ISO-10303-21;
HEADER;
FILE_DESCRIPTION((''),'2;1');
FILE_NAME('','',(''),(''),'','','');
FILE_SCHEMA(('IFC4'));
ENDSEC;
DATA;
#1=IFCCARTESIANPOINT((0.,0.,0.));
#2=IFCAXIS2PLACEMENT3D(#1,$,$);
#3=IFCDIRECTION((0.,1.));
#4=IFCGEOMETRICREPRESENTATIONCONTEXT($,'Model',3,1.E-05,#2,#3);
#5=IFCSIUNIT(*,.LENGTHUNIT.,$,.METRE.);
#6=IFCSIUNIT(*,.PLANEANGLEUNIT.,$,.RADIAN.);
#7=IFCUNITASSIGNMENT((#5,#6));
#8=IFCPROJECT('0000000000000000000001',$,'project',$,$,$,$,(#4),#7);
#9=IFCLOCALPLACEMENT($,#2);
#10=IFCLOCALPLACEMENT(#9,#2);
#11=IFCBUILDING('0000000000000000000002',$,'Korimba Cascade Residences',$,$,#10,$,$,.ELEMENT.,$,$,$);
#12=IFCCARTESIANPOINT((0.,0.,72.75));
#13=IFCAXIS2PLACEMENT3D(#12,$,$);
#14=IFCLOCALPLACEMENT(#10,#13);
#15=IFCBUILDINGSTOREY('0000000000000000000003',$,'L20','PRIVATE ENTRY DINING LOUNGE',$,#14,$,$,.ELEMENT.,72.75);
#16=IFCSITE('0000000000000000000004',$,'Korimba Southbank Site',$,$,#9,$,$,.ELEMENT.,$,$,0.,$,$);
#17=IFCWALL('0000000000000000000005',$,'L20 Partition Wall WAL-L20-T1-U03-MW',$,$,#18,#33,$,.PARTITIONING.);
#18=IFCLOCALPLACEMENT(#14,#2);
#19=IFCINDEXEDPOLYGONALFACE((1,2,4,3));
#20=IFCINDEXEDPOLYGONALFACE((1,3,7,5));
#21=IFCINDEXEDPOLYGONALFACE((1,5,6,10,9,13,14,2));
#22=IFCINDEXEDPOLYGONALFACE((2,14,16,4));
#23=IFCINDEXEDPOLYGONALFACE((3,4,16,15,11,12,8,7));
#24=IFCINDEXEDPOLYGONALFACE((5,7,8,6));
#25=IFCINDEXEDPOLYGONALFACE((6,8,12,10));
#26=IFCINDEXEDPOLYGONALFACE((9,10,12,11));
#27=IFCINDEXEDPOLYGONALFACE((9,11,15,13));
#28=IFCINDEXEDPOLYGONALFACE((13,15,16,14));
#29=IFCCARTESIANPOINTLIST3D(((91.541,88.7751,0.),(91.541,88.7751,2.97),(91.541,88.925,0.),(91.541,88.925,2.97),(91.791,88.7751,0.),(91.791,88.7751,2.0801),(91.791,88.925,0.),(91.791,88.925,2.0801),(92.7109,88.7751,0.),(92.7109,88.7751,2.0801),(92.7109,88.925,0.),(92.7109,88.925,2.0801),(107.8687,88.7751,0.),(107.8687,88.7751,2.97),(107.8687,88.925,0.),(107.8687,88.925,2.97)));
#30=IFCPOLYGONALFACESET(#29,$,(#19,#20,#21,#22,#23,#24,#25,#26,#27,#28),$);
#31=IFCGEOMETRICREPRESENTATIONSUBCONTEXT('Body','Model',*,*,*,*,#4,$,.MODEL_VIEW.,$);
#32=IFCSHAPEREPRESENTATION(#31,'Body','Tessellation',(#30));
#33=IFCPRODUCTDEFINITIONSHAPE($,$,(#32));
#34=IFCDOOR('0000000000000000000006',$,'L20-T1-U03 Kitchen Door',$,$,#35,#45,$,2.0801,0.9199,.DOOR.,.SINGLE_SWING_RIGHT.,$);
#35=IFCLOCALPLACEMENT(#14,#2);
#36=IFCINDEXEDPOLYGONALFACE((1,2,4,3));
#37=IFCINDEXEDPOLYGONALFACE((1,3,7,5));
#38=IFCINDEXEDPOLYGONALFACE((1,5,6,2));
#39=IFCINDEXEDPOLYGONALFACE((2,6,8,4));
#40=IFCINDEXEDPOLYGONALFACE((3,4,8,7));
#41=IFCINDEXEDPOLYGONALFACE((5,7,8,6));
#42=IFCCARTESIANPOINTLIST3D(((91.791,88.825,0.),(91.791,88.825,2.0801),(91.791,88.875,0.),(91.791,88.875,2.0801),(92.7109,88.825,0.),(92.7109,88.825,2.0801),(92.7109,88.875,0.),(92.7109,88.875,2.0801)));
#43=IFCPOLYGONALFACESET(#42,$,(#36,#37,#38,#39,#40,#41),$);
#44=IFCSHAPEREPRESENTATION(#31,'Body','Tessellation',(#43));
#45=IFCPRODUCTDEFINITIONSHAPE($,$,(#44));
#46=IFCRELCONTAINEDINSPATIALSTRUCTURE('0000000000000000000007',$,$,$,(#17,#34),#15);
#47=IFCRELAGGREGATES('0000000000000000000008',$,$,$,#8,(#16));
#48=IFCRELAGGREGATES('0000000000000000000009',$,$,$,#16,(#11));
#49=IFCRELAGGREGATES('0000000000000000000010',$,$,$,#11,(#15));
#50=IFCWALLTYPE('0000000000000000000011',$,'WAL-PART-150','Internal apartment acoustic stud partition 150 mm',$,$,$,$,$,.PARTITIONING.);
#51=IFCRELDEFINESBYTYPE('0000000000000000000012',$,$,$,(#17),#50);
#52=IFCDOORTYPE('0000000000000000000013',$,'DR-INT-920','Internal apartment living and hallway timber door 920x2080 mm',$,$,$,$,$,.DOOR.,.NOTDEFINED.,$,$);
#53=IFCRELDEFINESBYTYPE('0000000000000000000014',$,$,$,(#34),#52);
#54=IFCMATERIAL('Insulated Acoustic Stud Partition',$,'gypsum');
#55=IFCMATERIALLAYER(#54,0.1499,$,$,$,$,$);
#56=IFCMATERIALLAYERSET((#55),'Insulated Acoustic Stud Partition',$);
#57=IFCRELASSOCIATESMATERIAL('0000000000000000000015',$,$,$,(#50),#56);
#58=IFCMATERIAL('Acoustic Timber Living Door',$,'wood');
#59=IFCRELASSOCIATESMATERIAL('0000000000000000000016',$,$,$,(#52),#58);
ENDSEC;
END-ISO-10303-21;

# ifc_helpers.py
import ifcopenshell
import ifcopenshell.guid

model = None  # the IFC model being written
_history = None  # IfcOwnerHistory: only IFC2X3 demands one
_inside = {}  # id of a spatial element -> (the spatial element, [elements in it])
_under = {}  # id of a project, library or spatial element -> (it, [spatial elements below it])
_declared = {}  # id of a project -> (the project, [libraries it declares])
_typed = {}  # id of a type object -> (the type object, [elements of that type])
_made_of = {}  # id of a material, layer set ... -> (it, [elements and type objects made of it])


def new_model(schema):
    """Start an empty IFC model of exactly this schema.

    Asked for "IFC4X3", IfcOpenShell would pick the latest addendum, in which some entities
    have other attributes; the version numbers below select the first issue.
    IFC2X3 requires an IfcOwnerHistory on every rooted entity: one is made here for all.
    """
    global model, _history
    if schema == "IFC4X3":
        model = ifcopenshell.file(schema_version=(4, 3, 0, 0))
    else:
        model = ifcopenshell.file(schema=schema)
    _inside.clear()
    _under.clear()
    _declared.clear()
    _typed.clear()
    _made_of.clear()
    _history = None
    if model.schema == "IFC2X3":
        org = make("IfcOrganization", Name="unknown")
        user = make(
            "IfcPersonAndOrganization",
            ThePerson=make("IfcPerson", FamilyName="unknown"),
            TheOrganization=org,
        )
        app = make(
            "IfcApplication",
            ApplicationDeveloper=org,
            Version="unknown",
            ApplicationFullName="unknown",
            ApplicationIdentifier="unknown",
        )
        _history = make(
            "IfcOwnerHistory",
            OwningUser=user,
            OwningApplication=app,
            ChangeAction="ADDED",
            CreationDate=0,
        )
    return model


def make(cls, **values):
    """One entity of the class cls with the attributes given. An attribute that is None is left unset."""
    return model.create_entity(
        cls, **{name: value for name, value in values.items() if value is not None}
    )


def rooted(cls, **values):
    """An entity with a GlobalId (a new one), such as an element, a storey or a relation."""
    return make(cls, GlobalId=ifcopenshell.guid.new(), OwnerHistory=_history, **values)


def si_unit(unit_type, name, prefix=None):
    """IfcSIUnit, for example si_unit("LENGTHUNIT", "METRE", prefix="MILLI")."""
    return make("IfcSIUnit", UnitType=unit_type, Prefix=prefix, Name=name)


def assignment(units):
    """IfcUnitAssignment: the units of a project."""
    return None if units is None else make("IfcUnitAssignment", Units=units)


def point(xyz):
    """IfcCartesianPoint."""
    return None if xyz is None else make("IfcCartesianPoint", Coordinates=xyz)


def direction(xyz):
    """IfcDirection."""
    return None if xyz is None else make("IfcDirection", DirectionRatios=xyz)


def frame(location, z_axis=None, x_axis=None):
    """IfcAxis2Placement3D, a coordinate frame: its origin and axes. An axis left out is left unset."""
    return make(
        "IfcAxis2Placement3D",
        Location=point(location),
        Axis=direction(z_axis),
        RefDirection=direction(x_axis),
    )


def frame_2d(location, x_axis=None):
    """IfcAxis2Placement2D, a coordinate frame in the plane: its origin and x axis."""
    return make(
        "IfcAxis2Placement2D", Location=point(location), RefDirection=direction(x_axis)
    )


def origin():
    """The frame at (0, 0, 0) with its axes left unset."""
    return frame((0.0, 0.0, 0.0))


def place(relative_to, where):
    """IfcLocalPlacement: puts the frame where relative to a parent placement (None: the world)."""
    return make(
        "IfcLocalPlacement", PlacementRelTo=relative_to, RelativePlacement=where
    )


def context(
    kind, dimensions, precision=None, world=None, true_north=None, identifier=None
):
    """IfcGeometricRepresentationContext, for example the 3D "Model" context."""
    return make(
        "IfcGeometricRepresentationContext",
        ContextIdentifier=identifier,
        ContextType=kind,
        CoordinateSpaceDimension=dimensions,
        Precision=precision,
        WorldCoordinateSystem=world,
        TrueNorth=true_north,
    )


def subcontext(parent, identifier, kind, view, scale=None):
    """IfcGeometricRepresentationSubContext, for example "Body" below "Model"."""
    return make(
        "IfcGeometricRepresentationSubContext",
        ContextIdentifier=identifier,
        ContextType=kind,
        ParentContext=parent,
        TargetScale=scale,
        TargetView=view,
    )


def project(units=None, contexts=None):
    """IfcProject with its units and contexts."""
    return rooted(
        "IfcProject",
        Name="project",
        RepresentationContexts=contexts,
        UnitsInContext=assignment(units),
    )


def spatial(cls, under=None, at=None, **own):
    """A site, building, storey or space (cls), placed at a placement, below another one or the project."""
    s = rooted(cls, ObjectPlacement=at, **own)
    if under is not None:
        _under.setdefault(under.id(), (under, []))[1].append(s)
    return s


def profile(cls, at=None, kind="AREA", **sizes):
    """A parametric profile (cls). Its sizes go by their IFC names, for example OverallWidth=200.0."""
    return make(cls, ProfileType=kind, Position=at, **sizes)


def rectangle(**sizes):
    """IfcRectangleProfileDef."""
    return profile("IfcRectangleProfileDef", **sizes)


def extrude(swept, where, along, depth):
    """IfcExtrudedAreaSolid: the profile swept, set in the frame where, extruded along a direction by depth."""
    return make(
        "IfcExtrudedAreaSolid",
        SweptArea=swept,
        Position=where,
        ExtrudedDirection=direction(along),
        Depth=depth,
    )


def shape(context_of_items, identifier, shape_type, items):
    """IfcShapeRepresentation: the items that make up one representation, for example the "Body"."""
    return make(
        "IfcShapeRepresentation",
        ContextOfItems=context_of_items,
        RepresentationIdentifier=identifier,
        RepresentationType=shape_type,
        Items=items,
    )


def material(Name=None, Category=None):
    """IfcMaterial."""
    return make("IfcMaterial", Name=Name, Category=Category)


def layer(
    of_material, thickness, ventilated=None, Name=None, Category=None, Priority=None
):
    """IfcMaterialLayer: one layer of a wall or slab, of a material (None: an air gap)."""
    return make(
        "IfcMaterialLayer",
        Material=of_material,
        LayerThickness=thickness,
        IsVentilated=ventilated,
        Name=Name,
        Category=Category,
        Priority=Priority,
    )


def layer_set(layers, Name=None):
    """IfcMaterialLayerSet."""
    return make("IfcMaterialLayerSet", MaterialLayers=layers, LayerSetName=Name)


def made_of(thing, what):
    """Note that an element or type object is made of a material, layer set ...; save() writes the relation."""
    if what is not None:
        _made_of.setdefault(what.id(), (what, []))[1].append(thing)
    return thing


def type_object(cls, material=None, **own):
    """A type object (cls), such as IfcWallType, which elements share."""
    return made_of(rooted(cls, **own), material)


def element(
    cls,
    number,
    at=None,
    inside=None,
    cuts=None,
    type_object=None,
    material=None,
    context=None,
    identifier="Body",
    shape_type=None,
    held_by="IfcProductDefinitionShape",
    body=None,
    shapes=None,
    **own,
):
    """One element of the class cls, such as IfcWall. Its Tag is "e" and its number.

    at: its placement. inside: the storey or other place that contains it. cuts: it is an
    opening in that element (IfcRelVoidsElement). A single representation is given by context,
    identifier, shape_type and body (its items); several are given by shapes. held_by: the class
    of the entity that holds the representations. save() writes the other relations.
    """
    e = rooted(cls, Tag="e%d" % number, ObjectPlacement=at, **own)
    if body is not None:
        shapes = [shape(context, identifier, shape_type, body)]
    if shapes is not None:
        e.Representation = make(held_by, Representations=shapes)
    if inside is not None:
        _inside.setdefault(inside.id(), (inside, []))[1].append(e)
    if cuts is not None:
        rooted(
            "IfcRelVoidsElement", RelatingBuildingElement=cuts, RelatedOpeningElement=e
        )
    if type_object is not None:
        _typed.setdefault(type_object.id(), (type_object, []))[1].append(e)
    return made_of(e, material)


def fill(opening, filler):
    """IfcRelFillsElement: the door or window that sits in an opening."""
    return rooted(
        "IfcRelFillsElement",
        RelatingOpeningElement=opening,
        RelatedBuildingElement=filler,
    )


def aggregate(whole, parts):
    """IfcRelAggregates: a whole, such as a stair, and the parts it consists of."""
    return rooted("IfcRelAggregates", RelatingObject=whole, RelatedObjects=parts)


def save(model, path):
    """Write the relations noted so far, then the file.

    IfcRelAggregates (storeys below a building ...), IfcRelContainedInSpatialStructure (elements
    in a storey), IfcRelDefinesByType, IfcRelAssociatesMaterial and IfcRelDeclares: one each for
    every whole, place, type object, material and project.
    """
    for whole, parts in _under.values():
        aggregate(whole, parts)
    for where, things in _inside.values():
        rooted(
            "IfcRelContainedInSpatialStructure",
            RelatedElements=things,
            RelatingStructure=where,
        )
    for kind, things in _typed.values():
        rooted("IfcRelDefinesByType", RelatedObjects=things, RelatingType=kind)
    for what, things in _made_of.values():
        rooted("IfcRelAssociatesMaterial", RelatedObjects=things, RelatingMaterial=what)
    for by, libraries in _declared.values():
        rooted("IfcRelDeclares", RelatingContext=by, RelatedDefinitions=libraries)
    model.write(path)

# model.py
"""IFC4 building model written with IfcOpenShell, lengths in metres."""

from ifc_helpers import new_model, si_unit, direction, frame, frame_2d, origin, place, context, subcontext, project, spatial, rectangle, extrude, material, layer, layer_set, type_object, element, fill, save


model = new_model("IFC4")

# Units and contexts
model_context = context("Model", 3, precision=1e-05, world=origin(), true_north=direction((0.0, 1.0)))
body_context = subcontext(model_context, "Body", "Model", "MODEL_VIEW")
ifc_project = project(units=[si_unit("LENGTHUNIT", "METRE"), si_unit("PLANEANGLEUNIT", "RADIAN")], contexts=[model_context])

# Site, building, storey
site_placement = place(None, origin())
site = spatial("IfcSite", under=ifc_project, at=site_placement, Name="Korimba Southbank Site", CompositionType="ELEMENT", RefElevation=0.0)
building_placement = place(site_placement, origin())
building = spatial("IfcBuilding", under=site, at=building_placement, Name="Korimba Cascade Residences", CompositionType="ELEMENT")
storey_placement = place(building_placement, frame((0.0, 0.0, 72.75)))
storey = spatial("IfcBuildingStorey", under=building, at=storey_placement, Name="L20", Description="PRIVATE ENTRY DINING LOUNGE", CompositionType="ELEMENT", Elevation=72.75)

# Shared definitions
ifc_material_1 = material(Name="Insulated Acoustic Stud Partition", Category="gypsum")
ifc_layer_1 = layer(ifc_material_1, 0.1499)
ifc_layer_set_1 = layer_set([ifc_layer_1], Name="Insulated Acoustic Stud Partition")
wall_type_1 = type_object("IfcWallType", Name="WAL-PART-150", Description="Internal apartment acoustic stud partition 150 mm", PredefinedType="PARTITIONING", material=ifc_layer_set_1)

# Wall, opening, door
wall_1_placement = place(storey_placement, frame((91.541, 88.8501, 0.0), z_axis=(0.0, 0.0, 1.0), x_axis=(1.0, 0.0, 0.0)))
wall_1 = element("IfcWall", 1, at=wall_1_placement, inside=storey, type_object=wall_type_1, Name="L20 Partition Wall WAL-L20-T1-U03-MW", PredefinedType="PARTITIONING", context=body_context, shape_type="SweptSolid", body=[
    extrude(rectangle(XDim=16.3276, YDim=0.1499, at=frame_2d((8.1638, 0.0))), origin(), (0.0, 0.0, 1.0), 2.97),
])
opening_1_placement = place(wall_1_placement, frame((0.25, 0.0, 0.0)))
opening_1 = element("IfcOpeningElement", 2, at=opening_1_placement, cuts=wall_1, PredefinedType="OPENING", context=body_context, shape_type="SweptSolid", body=[
    extrude(rectangle(XDim=0.9199, YDim=2.0801, at=frame_2d((0.46, 1.04))), frame((0.0, 0.085, 0.0), z_axis=(0.0, -1.0, 0.0), x_axis=(1.0, 0.0, 0.0)), (0.0, 0.0, 1.0), 0.1699),
])
ifc_material_2 = material(Name="Acoustic Timber Living Door", Category="wood")
door_type_1 = type_object("IfcDoorType", Name="DR-INT-920", Description="Internal apartment living and hallway timber door 920x2080 mm", OperationType="NOTDEFINED", PredefinedType="DOOR", material=ifc_material_2)
door_1_placement = place(opening_1_placement, origin())
door_1 = element("IfcDoor", 3, at=door_1_placement, inside=storey, type_object=door_type_1, Name="L20-T1-U03 Kitchen Door", OperationType="SINGLE_SWING_RIGHT", OverallHeight=2.0801, OverallWidth=0.9199, PredefinedType="DOOR", context=body_context, shape_type="SweptSolid", body=[
    extrude(rectangle(XDim=0.9199, YDim=2.0801, at=frame_2d((0.46, 1.04))), frame((0.0, 0.0249, 0.0), z_axis=(0.0, -1.0, 0.0), x_axis=(1.0, 0.0, 0.0)), (0.0, 0.0, 1.0), 0.05),
])
fill(opening_1, door_1)

save(model, "model.ifc")
